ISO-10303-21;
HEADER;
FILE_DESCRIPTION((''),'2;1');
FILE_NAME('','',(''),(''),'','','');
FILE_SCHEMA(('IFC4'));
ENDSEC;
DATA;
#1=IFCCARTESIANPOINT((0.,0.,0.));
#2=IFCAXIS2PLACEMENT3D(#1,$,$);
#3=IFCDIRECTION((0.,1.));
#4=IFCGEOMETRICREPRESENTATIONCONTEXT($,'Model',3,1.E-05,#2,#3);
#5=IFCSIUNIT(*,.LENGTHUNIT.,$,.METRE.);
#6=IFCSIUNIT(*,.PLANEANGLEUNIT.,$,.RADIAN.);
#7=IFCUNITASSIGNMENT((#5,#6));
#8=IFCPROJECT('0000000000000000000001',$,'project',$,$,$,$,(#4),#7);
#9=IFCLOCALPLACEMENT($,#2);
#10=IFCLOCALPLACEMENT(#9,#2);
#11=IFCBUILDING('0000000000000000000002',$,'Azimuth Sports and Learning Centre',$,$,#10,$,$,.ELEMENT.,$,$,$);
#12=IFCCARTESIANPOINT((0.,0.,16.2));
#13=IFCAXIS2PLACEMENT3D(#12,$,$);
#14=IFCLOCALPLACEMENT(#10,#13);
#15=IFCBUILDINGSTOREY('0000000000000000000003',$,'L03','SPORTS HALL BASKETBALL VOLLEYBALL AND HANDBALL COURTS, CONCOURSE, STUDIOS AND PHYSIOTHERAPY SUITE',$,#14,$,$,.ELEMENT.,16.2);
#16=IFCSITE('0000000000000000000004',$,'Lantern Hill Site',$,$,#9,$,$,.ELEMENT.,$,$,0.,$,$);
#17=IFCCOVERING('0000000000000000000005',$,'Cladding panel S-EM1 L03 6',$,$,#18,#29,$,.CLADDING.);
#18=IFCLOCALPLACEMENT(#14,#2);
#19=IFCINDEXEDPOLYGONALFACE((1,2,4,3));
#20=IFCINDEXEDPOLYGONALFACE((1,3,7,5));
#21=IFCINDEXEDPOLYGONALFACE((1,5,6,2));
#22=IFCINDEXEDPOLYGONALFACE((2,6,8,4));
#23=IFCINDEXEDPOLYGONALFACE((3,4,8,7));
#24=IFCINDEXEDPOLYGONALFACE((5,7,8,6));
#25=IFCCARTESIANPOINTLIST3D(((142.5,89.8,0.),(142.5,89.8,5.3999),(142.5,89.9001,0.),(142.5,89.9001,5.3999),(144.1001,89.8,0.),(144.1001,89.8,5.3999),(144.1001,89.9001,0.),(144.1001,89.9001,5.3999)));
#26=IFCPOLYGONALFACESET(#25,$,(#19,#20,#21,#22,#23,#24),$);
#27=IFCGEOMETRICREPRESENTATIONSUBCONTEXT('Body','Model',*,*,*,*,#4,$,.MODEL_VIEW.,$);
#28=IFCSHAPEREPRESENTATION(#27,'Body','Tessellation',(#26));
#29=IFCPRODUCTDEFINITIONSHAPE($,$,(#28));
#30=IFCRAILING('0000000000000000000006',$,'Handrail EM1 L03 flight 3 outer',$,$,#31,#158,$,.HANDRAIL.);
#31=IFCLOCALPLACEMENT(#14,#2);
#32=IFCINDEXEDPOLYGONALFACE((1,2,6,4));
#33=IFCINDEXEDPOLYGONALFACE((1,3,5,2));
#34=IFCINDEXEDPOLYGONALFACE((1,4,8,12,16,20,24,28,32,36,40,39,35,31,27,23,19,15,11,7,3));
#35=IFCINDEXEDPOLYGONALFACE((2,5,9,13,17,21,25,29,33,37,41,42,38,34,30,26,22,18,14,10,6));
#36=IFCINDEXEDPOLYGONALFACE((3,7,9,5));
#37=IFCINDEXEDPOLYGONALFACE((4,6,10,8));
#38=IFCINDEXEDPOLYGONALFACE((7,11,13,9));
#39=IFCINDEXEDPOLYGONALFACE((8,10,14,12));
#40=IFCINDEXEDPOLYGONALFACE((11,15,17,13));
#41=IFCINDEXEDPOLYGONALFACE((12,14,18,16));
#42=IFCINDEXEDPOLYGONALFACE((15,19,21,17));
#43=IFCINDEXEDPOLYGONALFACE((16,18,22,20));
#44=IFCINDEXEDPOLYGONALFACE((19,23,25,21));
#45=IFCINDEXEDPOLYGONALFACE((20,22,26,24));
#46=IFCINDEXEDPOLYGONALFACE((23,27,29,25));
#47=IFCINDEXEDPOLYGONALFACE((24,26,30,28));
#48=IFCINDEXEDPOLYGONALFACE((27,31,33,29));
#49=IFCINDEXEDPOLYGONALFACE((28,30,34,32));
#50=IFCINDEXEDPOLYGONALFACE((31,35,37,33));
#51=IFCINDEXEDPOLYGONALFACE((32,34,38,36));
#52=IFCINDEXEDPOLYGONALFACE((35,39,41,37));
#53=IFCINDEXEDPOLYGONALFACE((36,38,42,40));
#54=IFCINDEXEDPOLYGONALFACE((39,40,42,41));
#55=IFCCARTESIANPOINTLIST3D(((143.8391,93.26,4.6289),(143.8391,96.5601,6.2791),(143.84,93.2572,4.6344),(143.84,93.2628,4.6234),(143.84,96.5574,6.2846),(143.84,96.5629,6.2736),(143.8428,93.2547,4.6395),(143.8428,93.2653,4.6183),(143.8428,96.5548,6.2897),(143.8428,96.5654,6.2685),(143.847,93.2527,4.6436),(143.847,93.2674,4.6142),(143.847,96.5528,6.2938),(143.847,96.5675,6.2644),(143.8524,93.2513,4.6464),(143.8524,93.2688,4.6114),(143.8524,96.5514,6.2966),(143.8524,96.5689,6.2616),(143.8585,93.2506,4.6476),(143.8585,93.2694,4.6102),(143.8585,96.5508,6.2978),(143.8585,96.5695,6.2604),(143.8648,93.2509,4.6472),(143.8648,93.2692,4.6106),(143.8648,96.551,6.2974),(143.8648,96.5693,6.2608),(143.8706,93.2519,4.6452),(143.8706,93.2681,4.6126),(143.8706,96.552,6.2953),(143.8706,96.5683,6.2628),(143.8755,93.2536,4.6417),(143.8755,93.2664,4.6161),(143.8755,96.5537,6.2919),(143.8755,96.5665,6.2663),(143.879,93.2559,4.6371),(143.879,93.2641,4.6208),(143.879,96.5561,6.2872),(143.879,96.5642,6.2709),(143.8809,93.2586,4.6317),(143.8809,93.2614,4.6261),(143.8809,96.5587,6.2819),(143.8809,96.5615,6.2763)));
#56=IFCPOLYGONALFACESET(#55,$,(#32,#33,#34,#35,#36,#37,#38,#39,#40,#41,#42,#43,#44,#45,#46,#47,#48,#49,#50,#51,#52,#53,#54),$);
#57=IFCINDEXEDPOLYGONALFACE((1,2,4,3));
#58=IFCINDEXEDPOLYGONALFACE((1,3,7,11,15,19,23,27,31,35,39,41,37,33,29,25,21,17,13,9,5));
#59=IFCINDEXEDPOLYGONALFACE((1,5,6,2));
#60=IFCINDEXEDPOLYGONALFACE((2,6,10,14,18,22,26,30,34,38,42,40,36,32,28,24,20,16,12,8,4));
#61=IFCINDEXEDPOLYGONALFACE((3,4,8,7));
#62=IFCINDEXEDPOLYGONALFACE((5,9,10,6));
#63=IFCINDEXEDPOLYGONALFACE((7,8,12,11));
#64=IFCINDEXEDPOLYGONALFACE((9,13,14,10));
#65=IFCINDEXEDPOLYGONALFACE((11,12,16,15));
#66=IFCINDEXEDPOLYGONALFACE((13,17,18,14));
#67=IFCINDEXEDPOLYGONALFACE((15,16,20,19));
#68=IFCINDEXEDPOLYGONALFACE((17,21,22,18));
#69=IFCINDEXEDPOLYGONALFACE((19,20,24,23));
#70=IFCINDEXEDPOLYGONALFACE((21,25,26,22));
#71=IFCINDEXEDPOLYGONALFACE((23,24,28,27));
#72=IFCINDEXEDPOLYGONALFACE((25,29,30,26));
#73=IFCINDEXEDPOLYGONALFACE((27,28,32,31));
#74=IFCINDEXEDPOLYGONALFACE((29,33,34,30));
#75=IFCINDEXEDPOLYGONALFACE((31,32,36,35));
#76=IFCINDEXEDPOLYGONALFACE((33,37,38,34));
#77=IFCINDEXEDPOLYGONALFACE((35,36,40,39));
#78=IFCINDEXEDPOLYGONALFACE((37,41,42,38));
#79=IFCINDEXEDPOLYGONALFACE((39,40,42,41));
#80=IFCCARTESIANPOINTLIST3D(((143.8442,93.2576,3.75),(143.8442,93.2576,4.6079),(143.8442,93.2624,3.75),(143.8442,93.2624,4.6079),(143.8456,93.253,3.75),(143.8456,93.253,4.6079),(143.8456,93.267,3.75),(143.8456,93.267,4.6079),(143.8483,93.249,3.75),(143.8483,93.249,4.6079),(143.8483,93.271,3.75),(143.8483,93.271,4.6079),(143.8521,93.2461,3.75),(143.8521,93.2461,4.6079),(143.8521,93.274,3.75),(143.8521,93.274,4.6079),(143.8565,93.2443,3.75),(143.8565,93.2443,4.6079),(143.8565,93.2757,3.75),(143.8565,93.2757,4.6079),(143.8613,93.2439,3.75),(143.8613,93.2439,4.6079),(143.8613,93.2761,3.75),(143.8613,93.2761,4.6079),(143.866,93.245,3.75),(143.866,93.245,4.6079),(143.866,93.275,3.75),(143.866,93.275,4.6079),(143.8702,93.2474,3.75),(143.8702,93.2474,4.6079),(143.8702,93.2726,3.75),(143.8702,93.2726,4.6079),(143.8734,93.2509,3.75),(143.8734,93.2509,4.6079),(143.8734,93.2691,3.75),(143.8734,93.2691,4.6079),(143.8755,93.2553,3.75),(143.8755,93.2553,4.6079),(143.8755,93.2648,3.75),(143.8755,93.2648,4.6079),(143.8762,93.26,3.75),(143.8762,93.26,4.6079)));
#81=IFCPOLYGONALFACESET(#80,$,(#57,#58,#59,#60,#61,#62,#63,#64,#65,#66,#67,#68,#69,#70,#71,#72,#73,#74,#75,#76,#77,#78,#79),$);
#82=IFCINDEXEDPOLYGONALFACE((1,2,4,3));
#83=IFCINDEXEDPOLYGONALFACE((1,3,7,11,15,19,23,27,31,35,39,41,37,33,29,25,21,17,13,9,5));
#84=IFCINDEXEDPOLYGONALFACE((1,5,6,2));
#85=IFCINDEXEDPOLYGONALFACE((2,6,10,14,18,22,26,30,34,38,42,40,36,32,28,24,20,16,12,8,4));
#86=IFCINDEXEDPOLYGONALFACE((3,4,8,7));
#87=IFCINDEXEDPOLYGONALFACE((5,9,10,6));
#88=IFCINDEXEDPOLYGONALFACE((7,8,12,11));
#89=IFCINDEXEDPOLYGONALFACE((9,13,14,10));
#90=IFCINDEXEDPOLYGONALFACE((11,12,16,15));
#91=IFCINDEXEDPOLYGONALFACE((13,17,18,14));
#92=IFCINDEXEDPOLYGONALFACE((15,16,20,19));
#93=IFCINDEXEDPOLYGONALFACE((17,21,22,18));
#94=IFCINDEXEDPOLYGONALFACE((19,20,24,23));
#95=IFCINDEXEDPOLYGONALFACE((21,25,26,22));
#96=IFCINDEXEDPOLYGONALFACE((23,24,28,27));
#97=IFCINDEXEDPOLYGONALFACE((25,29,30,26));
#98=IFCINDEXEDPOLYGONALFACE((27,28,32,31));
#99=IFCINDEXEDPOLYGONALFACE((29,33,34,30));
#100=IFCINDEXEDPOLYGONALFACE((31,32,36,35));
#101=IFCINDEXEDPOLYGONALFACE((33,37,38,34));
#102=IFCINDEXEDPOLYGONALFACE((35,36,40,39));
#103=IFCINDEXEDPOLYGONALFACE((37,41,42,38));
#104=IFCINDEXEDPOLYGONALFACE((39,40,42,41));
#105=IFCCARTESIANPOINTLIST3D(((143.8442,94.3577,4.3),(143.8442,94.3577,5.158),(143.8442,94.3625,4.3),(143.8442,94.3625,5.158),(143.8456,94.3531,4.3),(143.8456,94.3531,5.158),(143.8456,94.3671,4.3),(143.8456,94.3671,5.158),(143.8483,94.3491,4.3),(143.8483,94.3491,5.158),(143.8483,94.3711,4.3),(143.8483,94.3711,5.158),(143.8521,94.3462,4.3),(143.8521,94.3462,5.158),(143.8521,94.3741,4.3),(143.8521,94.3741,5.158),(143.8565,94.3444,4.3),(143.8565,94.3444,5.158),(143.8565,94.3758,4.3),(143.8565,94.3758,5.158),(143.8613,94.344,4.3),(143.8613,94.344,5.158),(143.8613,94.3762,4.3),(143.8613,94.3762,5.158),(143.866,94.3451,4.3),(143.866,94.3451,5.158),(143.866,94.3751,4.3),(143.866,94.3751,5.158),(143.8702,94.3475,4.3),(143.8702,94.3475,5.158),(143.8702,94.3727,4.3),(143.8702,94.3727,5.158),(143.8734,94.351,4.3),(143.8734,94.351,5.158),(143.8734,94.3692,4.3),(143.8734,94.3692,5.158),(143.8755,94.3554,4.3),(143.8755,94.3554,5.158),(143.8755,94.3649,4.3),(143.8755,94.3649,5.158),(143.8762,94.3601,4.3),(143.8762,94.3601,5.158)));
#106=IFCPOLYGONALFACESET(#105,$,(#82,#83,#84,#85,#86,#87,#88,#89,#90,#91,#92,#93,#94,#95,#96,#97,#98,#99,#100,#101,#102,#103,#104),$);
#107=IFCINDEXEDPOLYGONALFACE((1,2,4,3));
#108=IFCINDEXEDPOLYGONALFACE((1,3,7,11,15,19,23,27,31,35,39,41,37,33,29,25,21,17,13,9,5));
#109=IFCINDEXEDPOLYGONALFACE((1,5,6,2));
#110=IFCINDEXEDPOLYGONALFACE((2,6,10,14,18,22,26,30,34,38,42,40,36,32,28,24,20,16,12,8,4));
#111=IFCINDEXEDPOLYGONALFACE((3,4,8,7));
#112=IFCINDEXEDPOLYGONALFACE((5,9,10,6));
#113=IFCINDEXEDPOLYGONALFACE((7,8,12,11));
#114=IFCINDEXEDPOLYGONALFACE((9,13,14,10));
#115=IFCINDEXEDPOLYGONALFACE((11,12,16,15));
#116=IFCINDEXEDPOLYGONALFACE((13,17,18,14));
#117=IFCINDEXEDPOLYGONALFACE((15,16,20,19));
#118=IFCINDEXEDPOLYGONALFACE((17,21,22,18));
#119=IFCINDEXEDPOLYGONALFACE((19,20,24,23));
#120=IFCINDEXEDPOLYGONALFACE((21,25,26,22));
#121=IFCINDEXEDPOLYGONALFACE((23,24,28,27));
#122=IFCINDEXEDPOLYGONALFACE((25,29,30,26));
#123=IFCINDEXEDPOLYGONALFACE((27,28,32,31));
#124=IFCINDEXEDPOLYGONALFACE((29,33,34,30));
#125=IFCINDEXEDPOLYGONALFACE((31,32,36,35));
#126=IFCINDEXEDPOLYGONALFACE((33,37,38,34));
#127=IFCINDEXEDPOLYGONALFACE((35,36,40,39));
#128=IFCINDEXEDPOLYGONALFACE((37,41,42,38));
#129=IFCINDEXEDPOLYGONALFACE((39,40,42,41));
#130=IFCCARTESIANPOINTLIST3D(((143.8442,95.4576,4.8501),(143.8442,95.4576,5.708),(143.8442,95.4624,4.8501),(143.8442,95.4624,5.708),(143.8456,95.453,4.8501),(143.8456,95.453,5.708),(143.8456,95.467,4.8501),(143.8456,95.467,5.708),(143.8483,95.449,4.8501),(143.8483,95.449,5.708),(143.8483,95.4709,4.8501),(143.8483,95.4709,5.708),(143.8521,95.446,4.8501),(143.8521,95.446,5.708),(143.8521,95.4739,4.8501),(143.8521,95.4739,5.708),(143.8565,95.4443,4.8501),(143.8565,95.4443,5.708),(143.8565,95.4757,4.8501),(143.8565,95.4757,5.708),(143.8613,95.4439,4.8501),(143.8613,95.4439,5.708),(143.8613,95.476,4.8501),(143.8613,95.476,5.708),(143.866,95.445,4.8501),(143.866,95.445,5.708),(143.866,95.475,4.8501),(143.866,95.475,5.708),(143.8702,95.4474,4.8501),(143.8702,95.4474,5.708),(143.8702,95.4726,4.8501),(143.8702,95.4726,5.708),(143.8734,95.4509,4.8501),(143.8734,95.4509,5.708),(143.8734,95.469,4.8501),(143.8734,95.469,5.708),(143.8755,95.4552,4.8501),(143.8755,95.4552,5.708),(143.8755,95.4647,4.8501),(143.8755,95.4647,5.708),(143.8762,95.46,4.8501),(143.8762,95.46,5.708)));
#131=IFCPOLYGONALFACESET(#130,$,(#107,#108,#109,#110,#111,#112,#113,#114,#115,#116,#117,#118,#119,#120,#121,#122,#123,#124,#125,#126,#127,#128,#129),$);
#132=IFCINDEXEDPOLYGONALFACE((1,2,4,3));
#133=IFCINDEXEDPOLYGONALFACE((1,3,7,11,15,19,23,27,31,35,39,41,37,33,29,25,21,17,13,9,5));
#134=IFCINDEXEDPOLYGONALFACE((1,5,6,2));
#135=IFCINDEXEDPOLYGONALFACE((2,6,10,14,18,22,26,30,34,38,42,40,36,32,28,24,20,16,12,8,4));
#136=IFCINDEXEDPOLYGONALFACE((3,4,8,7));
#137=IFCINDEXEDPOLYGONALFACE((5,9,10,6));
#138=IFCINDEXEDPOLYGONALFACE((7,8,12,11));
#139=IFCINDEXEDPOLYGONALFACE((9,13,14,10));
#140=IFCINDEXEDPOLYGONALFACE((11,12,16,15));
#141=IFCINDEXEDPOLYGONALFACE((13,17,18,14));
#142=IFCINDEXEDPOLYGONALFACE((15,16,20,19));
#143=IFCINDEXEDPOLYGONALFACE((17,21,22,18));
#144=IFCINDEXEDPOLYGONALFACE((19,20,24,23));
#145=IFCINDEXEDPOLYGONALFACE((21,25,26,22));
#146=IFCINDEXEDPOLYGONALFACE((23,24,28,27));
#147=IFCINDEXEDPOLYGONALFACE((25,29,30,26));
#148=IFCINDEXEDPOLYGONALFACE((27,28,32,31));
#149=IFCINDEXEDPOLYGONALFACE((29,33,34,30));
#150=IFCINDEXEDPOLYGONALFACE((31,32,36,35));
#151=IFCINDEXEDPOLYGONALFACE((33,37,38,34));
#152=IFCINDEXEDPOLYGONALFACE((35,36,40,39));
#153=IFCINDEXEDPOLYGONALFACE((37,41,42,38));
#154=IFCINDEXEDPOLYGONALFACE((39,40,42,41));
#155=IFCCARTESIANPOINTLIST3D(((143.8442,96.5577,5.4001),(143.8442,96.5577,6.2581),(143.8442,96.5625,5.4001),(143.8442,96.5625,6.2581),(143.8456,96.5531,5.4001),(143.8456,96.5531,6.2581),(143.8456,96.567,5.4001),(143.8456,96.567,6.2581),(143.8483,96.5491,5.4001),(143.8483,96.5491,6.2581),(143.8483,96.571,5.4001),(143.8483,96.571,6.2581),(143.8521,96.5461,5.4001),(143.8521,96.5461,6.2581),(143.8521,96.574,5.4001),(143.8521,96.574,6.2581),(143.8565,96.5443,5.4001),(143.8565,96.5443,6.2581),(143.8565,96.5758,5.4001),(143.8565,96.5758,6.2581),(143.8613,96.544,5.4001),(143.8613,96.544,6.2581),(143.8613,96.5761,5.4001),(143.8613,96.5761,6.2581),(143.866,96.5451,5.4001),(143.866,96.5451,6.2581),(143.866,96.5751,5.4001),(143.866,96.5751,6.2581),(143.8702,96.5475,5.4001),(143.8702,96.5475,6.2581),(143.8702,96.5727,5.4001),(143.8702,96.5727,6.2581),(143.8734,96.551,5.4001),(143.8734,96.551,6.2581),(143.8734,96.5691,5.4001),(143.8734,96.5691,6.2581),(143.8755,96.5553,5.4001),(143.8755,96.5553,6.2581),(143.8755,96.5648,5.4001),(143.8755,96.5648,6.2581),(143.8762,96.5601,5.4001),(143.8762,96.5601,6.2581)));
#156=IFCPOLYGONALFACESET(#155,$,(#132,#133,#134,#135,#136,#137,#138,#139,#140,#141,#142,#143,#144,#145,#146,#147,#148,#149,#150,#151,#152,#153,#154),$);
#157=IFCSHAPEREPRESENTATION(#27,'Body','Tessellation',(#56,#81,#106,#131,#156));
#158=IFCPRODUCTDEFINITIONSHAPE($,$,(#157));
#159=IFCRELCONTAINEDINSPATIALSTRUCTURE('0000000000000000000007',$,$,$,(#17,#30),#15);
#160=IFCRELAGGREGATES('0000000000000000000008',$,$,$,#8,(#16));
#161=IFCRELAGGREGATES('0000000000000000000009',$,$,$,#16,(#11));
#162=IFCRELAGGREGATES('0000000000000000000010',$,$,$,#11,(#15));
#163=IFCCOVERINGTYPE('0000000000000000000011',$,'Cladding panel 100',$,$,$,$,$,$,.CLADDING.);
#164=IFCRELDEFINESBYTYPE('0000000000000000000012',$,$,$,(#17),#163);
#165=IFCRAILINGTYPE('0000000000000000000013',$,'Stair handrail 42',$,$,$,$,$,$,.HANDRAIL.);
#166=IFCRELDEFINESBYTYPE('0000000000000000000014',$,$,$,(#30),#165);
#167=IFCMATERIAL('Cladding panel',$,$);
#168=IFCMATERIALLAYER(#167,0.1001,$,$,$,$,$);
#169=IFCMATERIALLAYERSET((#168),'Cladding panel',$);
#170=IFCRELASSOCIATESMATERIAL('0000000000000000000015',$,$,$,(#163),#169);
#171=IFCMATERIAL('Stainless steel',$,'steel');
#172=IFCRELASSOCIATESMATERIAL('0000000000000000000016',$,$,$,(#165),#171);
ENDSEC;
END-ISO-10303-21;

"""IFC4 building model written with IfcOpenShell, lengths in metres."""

from ifc_helpers import new_model, si_unit, direction, frame, origin, origin_2d, place, context, subcontext, project, spatial, rectangle, circle, extrude, material, layer, layer_set, type_object, element, save


model = new_model("IFC4")

# Units and contexts
model_context = context("Model", 3, precision=1e-05, world=origin(), true_north=direction((0.0, 1.0)))
body_context = subcontext(model_context, "Body", "Model", "MODEL_VIEW")
ifc_project = project(units=[si_unit("LENGTHUNIT", "METRE"), si_unit("PLANEANGLEUNIT", "RADIAN")], contexts=[model_context])

# Site, building, storey
site_placement = place(None, origin())
site = spatial("IfcSite", under=ifc_project, at=site_placement, Name="Lantern Hill Site", CompositionType="ELEMENT", RefElevation=0.0)
building_placement = place(site_placement, origin())
building = spatial("IfcBuilding", under=site, at=building_placement, Name="Azimuth Sports and Learning Centre", CompositionType="ELEMENT")
storey_placement = place(building_placement, frame((0.0, 0.0, 16.2)))
storey = spatial("IfcBuildingStorey", under=building, at=storey_placement, Name="L03", Description="SPORTS HALL BASKETBALL VOLLEYBALL AND HANDBALL COURTS, CONCOURSE, STUDIOS AND PHYSIOTHERAPY SUITE", CompositionType="ELEMENT", Elevation=16.2)

# Covering
ifc_material_1 = material(Name="Cladding panel")
ifc_layer_1 = layer(ifc_material_1, 0.1001)
ifc_layer_set_1 = layer_set([ifc_layer_1], Name="Cladding panel")
covering_type = type_object("IfcCoveringType", Name="Cladding panel 100", PredefinedType="CLADDING", material=ifc_layer_set_1)
covering_placement = place(storey_placement, frame((143.3, 89.8501, 0.0), z_axis=(0.0, 0.0, 1.0), x_axis=(1.0, 0.0, 0.0)))
element("IfcCovering", 1, at=covering_placement, inside=storey, type_object=covering_type, Name="Cladding panel S-EM1 L03 6", PredefinedType="CLADDING", context=body_context, shape_type="SweptSolid", body=[
    extrude(rectangle(XDim=1.6001, YDim=0.1001, at=origin_2d()), origin(), (0.0, 0.0, 1.0), 5.3999),
])

# Railing
ifc_material_2 = material(Name="Stainless steel", Category="steel")
railing_type = type_object("IfcRailingType", Name="Stair handrail 42", PredefinedType="HANDRAIL", material=ifc_material_2)
railing_placement = place(storey_placement, frame((143.8601, 93.26, 3.75)))
element("IfcRailing", 2, at=railing_placement, inside=storey, type_object=railing_type, Name="Handrail EM1 L03 flight 3 outer", PredefinedType="HANDRAIL", context=body_context, shape_type="SweptSolid", body=[
    extrude(circle(Radius=0.021, at=origin_2d()), frame((0.0, 0.0, 0.8789), z_axis=(0.0, 0.894414, 0.44724), x_axis=(-1.0, 0.0, 0.0)), (0.0, 0.0, 1.0), 3.6897),
    extrude(circle(Radius=0.0161, at=origin_2d()), origin(), (0.0, 0.0, 1.0), 0.8579),
    extrude(circle(Radius=0.0161, at=origin_2d()), frame((0.0, 1.1001, 0.55)), (0.0, 0.0, 1.0), 0.8579),
    extrude(circle(Radius=0.0161, at=origin_2d()), frame((0.0, 2.2, 1.1001)), (0.0, 0.0, 1.0), 0.8579),
    extrude(circle(Radius=0.0161, at=origin_2d()), frame((0.0, 3.3, 1.6501)), (0.0, 0.0, 1.0), 0.8579),
])

save(model, "model.ifc")
